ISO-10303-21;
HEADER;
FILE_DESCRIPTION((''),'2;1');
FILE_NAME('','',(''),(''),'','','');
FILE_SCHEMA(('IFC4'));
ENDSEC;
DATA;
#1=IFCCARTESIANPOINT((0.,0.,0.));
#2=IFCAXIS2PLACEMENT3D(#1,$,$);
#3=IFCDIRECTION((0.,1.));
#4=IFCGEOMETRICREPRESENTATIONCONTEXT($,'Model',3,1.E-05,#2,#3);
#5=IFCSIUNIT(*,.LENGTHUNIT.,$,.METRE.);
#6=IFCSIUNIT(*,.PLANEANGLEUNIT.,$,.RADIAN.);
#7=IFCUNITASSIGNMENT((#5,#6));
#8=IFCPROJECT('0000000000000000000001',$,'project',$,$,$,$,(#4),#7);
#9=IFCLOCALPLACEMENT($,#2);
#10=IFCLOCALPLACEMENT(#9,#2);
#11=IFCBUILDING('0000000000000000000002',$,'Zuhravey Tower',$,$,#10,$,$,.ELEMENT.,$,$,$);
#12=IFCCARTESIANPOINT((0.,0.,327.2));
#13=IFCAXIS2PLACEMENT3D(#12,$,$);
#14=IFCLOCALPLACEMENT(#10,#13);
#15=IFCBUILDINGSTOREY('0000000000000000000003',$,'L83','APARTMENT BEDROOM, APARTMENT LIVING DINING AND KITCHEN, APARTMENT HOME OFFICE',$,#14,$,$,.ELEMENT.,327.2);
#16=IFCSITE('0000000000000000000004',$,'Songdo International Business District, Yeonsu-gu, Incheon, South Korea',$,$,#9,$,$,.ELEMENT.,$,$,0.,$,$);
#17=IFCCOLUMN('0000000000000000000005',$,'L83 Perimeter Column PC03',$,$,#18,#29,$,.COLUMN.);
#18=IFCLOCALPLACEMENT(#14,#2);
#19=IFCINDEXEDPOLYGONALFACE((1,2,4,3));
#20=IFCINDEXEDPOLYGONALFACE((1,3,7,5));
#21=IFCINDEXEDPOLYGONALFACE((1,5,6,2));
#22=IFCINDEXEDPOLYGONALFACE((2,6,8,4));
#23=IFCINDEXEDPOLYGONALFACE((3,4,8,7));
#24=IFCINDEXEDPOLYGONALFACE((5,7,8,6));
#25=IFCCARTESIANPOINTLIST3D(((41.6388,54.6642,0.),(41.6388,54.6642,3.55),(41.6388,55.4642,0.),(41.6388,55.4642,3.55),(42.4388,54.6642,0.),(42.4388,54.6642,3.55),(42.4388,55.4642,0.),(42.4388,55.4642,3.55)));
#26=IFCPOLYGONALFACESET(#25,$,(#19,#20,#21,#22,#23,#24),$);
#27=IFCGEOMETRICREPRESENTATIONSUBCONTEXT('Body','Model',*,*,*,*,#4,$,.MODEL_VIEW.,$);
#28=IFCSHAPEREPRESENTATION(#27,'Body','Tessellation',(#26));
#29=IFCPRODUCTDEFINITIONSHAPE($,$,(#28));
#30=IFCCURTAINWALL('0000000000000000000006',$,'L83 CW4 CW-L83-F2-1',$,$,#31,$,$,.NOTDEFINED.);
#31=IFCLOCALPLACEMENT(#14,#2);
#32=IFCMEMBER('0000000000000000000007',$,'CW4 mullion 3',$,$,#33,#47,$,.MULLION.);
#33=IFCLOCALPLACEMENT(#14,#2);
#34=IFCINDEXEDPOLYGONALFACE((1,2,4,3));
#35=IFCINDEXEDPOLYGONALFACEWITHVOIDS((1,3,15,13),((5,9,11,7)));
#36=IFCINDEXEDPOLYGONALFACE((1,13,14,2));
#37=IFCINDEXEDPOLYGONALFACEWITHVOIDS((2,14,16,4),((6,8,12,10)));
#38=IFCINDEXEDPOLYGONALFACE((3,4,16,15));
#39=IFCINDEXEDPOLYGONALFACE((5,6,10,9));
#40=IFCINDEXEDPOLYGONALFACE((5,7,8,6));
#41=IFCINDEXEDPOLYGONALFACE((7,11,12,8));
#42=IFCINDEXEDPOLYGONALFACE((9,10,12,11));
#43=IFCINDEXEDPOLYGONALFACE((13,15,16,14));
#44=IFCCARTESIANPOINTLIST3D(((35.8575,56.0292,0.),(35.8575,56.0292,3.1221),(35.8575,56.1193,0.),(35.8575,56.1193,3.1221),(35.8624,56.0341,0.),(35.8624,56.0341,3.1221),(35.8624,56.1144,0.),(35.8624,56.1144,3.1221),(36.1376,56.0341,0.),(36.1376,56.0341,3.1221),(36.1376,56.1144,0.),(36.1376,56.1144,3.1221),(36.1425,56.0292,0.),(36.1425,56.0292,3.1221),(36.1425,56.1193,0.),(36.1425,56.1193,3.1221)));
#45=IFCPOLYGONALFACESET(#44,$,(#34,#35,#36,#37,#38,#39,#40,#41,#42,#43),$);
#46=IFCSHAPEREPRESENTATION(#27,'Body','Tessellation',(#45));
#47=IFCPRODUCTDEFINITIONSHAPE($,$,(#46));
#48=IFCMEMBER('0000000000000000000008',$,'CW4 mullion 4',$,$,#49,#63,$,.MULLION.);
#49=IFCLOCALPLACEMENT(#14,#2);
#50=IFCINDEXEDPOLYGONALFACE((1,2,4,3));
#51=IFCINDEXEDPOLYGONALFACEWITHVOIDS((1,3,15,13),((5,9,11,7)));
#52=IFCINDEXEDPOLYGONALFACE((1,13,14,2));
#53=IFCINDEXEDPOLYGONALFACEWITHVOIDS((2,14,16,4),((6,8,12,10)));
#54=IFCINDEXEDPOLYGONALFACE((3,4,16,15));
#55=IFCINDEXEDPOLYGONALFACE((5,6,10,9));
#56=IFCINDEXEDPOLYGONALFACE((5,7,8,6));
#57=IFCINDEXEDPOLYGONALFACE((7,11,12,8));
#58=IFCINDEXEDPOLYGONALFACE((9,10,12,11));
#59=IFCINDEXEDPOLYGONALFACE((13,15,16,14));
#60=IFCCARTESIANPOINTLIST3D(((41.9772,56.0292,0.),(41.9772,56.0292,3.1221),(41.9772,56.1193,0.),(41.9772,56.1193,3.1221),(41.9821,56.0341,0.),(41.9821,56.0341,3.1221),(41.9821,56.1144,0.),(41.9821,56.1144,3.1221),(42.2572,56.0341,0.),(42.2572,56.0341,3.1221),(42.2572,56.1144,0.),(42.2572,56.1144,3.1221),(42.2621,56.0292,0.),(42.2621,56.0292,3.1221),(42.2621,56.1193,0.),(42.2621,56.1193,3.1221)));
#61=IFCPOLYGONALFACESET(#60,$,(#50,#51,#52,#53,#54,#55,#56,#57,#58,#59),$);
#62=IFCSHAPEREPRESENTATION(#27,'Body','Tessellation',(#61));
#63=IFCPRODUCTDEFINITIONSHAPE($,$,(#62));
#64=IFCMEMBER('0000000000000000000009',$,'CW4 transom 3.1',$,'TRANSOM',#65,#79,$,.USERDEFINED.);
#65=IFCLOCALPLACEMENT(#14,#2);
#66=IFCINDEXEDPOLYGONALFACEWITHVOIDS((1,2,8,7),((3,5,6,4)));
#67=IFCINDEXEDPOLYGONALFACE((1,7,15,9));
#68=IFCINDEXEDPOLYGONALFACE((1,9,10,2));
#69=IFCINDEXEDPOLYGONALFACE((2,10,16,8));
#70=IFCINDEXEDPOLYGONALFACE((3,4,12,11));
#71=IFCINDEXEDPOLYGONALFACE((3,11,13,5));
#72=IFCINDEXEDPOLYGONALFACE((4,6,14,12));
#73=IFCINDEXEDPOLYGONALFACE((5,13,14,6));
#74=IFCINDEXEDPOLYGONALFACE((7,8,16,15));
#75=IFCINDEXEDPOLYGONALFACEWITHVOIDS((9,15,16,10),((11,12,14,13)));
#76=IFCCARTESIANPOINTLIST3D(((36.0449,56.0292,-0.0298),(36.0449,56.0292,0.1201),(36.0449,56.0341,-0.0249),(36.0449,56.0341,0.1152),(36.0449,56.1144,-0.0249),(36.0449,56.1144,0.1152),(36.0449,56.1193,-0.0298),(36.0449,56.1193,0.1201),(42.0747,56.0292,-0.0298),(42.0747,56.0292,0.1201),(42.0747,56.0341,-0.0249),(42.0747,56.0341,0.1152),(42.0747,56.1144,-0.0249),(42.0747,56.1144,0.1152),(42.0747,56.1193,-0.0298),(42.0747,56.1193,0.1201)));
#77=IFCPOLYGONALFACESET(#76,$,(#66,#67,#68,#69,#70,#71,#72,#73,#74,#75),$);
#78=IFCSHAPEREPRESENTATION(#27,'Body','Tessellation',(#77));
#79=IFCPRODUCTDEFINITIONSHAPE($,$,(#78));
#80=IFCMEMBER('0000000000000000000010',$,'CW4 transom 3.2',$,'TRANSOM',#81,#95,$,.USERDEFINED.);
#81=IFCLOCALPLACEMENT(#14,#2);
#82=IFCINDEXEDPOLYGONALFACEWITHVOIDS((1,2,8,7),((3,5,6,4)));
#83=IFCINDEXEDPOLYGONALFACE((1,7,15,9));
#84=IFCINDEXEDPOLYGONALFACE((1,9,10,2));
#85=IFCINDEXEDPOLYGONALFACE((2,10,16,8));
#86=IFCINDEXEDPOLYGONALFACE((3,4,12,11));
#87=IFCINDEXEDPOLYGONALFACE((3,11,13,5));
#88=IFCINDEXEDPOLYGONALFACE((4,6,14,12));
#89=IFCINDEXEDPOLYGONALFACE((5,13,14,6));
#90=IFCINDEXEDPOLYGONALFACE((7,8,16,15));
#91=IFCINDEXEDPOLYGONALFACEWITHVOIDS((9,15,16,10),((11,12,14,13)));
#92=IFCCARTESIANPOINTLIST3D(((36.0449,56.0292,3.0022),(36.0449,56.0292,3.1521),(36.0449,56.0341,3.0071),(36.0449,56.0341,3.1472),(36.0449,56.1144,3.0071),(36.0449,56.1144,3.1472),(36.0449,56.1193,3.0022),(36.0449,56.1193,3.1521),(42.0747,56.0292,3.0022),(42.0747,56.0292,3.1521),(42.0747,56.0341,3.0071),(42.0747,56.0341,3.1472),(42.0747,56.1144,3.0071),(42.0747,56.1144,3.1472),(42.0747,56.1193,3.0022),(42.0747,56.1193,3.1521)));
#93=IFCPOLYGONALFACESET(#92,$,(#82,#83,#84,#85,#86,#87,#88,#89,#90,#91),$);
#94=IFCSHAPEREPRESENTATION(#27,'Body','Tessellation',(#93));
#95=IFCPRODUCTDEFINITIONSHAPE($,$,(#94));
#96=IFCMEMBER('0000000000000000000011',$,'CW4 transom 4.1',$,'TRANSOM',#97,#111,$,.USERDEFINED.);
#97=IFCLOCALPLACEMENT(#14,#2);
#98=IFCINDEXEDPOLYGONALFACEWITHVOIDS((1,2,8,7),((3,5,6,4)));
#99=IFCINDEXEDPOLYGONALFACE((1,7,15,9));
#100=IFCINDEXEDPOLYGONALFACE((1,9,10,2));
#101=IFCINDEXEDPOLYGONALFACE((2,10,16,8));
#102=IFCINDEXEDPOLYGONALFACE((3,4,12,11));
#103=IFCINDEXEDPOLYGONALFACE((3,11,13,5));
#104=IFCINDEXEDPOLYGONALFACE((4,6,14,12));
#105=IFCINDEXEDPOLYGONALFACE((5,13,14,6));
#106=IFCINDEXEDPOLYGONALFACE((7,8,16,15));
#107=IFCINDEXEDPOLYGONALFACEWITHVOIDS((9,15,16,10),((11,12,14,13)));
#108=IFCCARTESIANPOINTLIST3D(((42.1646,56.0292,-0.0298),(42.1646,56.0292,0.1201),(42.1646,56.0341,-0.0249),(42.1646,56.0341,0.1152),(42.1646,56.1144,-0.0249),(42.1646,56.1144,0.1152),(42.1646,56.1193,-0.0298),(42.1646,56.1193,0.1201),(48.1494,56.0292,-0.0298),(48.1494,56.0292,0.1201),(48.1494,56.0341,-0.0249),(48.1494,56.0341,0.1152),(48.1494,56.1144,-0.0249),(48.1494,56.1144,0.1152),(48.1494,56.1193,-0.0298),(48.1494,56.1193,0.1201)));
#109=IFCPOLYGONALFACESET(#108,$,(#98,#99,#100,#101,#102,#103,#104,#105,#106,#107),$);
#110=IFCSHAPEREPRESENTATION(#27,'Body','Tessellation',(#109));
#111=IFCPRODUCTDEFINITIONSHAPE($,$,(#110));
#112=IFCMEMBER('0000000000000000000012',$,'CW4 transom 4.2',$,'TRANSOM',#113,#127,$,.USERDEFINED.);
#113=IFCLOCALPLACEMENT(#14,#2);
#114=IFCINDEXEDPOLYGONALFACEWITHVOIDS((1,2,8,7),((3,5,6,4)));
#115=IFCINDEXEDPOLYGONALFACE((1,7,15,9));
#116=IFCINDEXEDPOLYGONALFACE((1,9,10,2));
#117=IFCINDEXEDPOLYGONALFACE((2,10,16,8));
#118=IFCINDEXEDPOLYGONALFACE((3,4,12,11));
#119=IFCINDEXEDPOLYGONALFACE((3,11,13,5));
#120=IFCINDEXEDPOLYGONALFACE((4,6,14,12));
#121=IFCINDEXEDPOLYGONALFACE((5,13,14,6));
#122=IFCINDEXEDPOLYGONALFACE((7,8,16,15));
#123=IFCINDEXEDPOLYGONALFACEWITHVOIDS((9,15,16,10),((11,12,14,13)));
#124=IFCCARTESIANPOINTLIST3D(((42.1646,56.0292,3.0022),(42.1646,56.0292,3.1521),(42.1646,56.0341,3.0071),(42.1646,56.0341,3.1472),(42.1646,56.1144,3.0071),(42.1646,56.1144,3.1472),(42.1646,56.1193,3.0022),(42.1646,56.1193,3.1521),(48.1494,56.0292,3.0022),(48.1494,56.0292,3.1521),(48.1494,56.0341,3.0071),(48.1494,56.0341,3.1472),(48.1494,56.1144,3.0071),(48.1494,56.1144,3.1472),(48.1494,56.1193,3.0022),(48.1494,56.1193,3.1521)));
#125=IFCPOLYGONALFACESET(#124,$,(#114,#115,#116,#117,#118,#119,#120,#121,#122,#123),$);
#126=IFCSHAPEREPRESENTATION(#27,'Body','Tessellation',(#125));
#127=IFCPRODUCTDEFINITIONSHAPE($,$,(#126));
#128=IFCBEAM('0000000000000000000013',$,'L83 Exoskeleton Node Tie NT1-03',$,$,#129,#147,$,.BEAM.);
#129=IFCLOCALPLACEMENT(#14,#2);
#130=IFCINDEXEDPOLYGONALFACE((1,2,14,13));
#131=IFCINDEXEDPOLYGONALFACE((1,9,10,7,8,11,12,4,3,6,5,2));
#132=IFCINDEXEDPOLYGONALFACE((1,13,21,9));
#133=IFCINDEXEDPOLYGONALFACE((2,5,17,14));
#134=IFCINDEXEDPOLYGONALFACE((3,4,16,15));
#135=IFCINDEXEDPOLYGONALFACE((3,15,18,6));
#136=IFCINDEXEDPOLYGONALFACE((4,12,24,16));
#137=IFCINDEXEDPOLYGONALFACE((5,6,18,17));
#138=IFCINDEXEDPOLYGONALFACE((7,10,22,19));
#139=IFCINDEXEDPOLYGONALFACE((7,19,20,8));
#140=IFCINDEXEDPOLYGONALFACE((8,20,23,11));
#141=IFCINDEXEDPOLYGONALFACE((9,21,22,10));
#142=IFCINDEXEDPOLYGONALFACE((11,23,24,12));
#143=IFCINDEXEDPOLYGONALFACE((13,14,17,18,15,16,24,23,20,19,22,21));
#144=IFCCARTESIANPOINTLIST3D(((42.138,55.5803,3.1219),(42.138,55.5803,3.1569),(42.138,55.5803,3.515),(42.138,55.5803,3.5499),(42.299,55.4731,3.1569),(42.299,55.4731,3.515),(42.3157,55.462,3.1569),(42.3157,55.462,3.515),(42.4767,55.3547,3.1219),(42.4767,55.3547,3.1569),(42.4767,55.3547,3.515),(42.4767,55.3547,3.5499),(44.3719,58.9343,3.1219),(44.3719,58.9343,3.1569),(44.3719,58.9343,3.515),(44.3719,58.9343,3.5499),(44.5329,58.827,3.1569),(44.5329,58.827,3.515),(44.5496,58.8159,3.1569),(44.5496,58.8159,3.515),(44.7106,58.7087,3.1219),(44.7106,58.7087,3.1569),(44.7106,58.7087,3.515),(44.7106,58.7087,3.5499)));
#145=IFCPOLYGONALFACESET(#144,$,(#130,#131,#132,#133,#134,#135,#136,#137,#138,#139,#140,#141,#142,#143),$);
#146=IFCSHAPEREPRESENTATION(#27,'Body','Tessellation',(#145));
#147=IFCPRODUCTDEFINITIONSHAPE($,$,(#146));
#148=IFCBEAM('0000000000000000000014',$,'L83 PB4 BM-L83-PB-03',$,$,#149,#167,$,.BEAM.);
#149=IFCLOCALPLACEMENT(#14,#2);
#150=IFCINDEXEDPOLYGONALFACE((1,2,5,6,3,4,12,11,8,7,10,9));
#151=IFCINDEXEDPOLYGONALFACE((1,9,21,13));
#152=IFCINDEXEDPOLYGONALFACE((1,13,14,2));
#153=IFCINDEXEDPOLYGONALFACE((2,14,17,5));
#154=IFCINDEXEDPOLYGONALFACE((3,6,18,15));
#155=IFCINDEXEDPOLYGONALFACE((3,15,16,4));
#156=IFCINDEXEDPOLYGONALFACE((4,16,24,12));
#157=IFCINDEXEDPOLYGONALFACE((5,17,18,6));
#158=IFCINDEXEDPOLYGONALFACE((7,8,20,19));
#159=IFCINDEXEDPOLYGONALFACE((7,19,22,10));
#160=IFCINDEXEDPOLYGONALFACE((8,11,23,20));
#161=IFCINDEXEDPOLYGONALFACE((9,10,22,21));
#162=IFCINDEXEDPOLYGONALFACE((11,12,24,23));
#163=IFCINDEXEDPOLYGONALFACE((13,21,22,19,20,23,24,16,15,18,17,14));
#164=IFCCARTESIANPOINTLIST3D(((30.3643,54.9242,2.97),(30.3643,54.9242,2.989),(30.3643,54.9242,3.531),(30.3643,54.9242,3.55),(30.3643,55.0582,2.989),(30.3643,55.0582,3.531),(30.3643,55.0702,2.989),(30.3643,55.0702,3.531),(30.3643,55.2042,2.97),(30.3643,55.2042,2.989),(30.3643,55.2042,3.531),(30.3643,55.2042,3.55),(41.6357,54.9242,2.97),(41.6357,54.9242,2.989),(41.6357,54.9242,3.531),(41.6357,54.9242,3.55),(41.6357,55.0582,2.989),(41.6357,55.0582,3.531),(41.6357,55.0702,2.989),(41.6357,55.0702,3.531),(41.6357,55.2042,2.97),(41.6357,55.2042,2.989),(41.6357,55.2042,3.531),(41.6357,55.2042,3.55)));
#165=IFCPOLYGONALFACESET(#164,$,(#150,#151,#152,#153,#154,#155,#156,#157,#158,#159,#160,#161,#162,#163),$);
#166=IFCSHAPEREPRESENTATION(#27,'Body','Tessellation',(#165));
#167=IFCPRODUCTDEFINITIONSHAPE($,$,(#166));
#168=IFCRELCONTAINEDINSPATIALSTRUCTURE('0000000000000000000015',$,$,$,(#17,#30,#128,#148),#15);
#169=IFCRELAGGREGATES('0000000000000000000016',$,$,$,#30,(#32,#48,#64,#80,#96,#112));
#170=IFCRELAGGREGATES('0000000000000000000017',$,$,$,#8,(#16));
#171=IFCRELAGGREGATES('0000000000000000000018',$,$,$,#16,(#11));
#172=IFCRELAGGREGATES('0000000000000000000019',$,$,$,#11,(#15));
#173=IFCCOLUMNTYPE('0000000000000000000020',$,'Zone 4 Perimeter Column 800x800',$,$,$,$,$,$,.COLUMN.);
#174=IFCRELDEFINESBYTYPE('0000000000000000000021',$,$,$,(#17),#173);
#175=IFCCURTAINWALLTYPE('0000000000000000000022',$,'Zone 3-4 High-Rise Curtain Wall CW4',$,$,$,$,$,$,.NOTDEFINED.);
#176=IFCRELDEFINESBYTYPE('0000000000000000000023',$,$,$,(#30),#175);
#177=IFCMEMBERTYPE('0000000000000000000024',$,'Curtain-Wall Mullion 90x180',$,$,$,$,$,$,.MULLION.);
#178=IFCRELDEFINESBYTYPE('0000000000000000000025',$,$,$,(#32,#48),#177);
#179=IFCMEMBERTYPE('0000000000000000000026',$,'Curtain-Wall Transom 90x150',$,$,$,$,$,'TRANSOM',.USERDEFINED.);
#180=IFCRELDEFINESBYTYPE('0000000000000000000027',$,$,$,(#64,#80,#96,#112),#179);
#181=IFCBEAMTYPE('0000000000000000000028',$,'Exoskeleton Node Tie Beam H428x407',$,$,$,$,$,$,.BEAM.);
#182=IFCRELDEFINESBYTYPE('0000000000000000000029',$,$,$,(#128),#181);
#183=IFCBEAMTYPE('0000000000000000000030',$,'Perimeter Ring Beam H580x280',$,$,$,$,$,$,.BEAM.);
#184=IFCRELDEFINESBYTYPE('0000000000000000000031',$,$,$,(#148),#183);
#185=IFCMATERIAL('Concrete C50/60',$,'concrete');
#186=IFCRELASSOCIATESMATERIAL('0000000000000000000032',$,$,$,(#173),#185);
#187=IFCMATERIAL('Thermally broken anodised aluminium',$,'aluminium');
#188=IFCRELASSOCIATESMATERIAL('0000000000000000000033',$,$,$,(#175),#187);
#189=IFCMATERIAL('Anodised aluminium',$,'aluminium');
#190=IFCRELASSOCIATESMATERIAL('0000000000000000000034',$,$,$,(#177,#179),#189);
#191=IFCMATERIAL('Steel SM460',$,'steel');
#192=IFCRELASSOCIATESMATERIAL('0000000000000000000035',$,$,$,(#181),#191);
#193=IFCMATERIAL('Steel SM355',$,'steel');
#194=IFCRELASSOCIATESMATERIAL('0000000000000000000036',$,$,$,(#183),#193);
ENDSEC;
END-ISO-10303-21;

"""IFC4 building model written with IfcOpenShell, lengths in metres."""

from ifc_helpers import new_model, si_unit, direction, frame, origin, origin_2d, place, context, subcontext, project, spatial, rectangle, hollow_rectangle, i_section, extrude, material, material_profile, profile_set, type_object, element, aggregate, save


model = new_model("IFC4")

# Units and contexts
model_context = context("Model", 3, precision=1e-05, world=origin(), true_north=direction((0.0, 1.0)))
body_context = subcontext(model_context, "Body", "Model", "MODEL_VIEW")
ifc_project = project(units=[si_unit("LENGTHUNIT", "METRE"), si_unit("PLANEANGLEUNIT", "RADIAN")], contexts=[model_context])

# Site, building, storey
site_placement = place(None, origin())
site = spatial("IfcSite", under=ifc_project, at=site_placement, Name="Songdo International Business District, Yeonsu-gu, Incheon, South Korea", CompositionType="ELEMENT", RefElevation=0.0)
building_placement = place(site_placement, origin())
building = spatial("IfcBuilding", under=site, at=building_placement, Name="Zuhravey Tower", CompositionType="ELEMENT")
storey_placement = place(building_placement, frame((0.0, 0.0, 327.2)))
storey = spatial("IfcBuildingStorey", under=building, at=storey_placement, Name="L83", Description="APARTMENT BEDROOM, APARTMENT LIVING DINING AND KITCHEN, APARTMENT HOME OFFICE", CompositionType="ELEMENT", Elevation=327.2)

# Column
ifc_material_1 = material(Name="Concrete C50/60", Category="concrete")
ifc_material_profile_1 = material_profile(ifc_material_1, rectangle(XDim=0.8, YDim=0.8, at=origin_2d()), Name="RC-800x800")
ifc_profile_set_1 = profile_set([ifc_material_profile_1], Name="Concrete C50/60")
column_type = type_object("IfcColumnType", Name="Zone 4 Perimeter Column 800x800", PredefinedType="COLUMN", material=ifc_profile_set_1)
column_placement = place(storey_placement, frame((42.0388, 55.0642, 0.0), z_axis=(0.0, 0.0, 1.0), x_axis=(-1.0, 0.0, 0.0)))
element("IfcColumn", 1, at=column_placement, inside=storey, type_object=column_type, Name="L83 Perimeter Column PC03", PredefinedType="COLUMN", context=body_context, shape_type="SweptSolid", body=[
    extrude(rectangle(XDim=0.8, YDim=0.8, at=origin_2d()), origin(), (0.0, 0.0, 1.0), 3.55),
])

# Curtain wall, members
ifc_material_2 = material(Name="Thermally broken anodised aluminium", Category="aluminium")
curtain_wall_type = type_object("IfcCurtainWallType", Name="Zone 3-4 High-Rise Curtain Wall CW4", PredefinedType="NOTDEFINED", material=ifc_material_2)
curtain_wall_placement = place(storey_placement, origin())
curtain_wall = element("IfcCurtainWall", 2, at=curtain_wall_placement, inside=storey, type_object=curtain_wall_type, Name="L83 CW4 CW-L83-F2-1", PredefinedType="NOTDEFINED")
ifc_material_3 = material(Name="Anodised aluminium", Category="aluminium")
ifc_material_profile_2 = material_profile(ifc_material_3, hollow_rectangle(XDim=0.0901, YDim=0.2849, WallThickness=0.0049, at=origin_2d()), Name="ALU-RHS-90x285x5")
ifc_profile_set_2 = profile_set([ifc_material_profile_2], Name="Anodised aluminium")
member_type_1 = type_object("IfcMemberType", Name="Curtain-Wall Mullion 90x180", PredefinedType="MULLION", material=ifc_profile_set_2)
member_1_placement = place(storey_placement, frame((36.0, 56.0742, 0.0), z_axis=(0.0, 0.0, 1.0), x_axis=(0.0, 1.0, 0.0)))
member_1 = element("IfcMember", 3, at=member_1_placement, type_object=member_type_1, Name="CW4 mullion 3", PredefinedType="MULLION", context=body_context, shape_type="SweptSolid", body=[
    extrude(hollow_rectangle(XDim=0.0901, YDim=0.2849, WallThickness=0.0049, at=origin_2d()), origin(), (0.0, 0.0, 1.0), 3.1221),
])
member_2_placement = place(storey_placement, frame((42.1196, 56.0742, 0.0), z_axis=(0.0, 0.0, 1.0), x_axis=(0.0, 1.0, 0.0)))
member_2 = element("IfcMember", 4, at=member_2_placement, type_object=member_type_1, Name="CW4 mullion 4", PredefinedType="MULLION", context=body_context, shape_type="SweptSolid", body=[
    extrude(hollow_rectangle(XDim=0.0901, YDim=0.2849, WallThickness=0.0049, at=origin_2d()), origin(), (0.0, 0.0, 1.0), 3.1221),
])
ifc_material_profile_3 = material_profile(ifc_material_3, hollow_rectangle(XDim=0.0901, YDim=0.1499, WallThickness=0.0049, at=origin_2d()), Name="ALU-RHS-90x150x5")
ifc_profile_set_3 = profile_set([ifc_material_profile_3], Name="Anodised aluminium")
member_type_2 = type_object("IfcMemberType", Name="Curtain-Wall Transom 90x150", ElementType="TRANSOM", PredefinedType="USERDEFINED", material=ifc_profile_set_3)
member_3_placement = place(storey_placement, frame((36.0449, 56.0742, 0.0452), z_axis=(1.0, 0.0, 0.0), x_axis=(0.0, 1.0, 0.0)))
member_3 = element("IfcMember", 5, at=member_3_placement, type_object=member_type_2, Name="CW4 transom 3.1", ObjectType="TRANSOM", PredefinedType="USERDEFINED", context=body_context, shape_type="SweptSolid", body=[
    extrude(hollow_rectangle(XDim=0.0901, YDim=0.1499, WallThickness=0.0049, at=origin_2d()), origin(), (0.0, 0.0, 1.0), 6.0298),
])
member_4_placement = place(storey_placement, frame((36.0449, 56.0742, 3.0771), z_axis=(1.0, 0.0, 0.0), x_axis=(0.0, 1.0, 0.0)))
member_4 = element("IfcMember", 6, at=member_4_placement, type_object=member_type_2, Name="CW4 transom 3.2", ObjectType="TRANSOM", PredefinedType="USERDEFINED", context=body_context, shape_type="SweptSolid", body=[
    extrude(hollow_rectangle(XDim=0.0901, YDim=0.1499, WallThickness=0.0049, at=origin_2d()), origin(), (0.0, 0.0, 1.0), 6.0298),
])
member_5_placement = place(storey_placement, frame((42.1646, 56.0742, 0.0452), z_axis=(1.0, 0.0, 0.0), x_axis=(0.0, 1.0, 0.0)))
member_5 = element("IfcMember", 7, at=member_5_placement, type_object=member_type_2, Name="CW4 transom 4.1", ObjectType="TRANSOM", PredefinedType="USERDEFINED", context=body_context, shape_type="SweptSolid", body=[
    extrude(hollow_rectangle(XDim=0.0901, YDim=0.1499, WallThickness=0.0049, at=origin_2d()), origin(), (0.0, 0.0, 1.0), 5.9849),
])
member_6_placement = place(storey_placement, frame((42.1646, 56.0742, 3.0771), z_axis=(1.0, 0.0, 0.0), x_axis=(0.0, 1.0, 0.0)))
member_6 = element("IfcMember", 8, at=member_6_placement, type_object=member_type_2, Name="CW4 transom 4.2", ObjectType="TRANSOM", PredefinedType="USERDEFINED", context=body_context, shape_type="SweptSolid", body=[
    extrude(hollow_rectangle(XDim=0.0901, YDim=0.1499, WallThickness=0.0049, at=origin_2d()), origin(), (0.0, 0.0, 1.0), 5.9849),
])

# Beams
ifc_material_4 = material(Name="Steel SM460", Category="steel")
ifc_material_profile_4 = material_profile(ifc_material_4, i_section(OverallWidth=0.407, OverallDepth=0.428, WebThickness=0.02, FlangeThickness=0.0349, at=origin_2d()), Name="H-428x407x20x35")
ifc_profile_set_4 = profile_set([ifc_material_profile_4], Name="Steel SM460")
beam_type_1 = type_object("IfcBeamType", Name="Exoskeleton Node Tie Beam H428x407", PredefinedType="BEAM", material=ifc_profile_set_4)
beam_1_placement = place(storey_placement, frame((42.3074, 55.4675, 3.3359), z_axis=(0.554337, 0.832293, 0.0), x_axis=(-0.832293, 0.554337, 0.0)))
element("IfcBeam", 9, at=beam_1_placement, inside=storey, type_object=beam_type_1, Name="L83 Exoskeleton Node Tie NT1-03", PredefinedType="BEAM", context=body_context, shape_type="SweptSolid", body=[
    extrude(i_section(OverallWidth=0.407, OverallDepth=0.428, WebThickness=0.02, FlangeThickness=0.0349, at=origin_2d()), origin(), (0.0, 0.0, 1.0), 4.0298),
])
ifc_material_5 = material(Name="Steel SM355", Category="steel")
ifc_material_profile_5 = material_profile(ifc_material_5, i_section(OverallWidth=0.28, OverallDepth=0.5801, WebThickness=0.012, FlangeThickness=0.019, at=origin_2d()), Name="H-580x280x12x19")
ifc_profile_set_5 = profile_set([ifc_material_profile_5], Name="Steel SM355")
beam_type_2 = type_object("IfcBeamType", Name="Perimeter Ring Beam H580x280", PredefinedType="BEAM", material=ifc_profile_set_5)
beam_2_placement = place(storey_placement, frame((41.6357, 55.0642, 3.26), z_axis=(-1.0, 0.0, 0.0), x_axis=(0.0, -1.0, 0.0)))
element("IfcBeam", 10, at=beam_2_placement, inside=storey, type_object=beam_type_2, Name="L83 PB4 BM-L83-PB-03", PredefinedType="BEAM", context=body_context, shape_type="SweptSolid", body=[
    extrude(i_section(OverallWidth=0.28, OverallDepth=0.5801, WebThickness=0.012, FlangeThickness=0.019, at=origin_2d()), origin(), (0.0, 0.0, 1.0), 11.2715),
])

aggregate(curtain_wall, [member_1, member_2, member_3, member_4, member_5, member_6])

save(model, "model.ifc")
